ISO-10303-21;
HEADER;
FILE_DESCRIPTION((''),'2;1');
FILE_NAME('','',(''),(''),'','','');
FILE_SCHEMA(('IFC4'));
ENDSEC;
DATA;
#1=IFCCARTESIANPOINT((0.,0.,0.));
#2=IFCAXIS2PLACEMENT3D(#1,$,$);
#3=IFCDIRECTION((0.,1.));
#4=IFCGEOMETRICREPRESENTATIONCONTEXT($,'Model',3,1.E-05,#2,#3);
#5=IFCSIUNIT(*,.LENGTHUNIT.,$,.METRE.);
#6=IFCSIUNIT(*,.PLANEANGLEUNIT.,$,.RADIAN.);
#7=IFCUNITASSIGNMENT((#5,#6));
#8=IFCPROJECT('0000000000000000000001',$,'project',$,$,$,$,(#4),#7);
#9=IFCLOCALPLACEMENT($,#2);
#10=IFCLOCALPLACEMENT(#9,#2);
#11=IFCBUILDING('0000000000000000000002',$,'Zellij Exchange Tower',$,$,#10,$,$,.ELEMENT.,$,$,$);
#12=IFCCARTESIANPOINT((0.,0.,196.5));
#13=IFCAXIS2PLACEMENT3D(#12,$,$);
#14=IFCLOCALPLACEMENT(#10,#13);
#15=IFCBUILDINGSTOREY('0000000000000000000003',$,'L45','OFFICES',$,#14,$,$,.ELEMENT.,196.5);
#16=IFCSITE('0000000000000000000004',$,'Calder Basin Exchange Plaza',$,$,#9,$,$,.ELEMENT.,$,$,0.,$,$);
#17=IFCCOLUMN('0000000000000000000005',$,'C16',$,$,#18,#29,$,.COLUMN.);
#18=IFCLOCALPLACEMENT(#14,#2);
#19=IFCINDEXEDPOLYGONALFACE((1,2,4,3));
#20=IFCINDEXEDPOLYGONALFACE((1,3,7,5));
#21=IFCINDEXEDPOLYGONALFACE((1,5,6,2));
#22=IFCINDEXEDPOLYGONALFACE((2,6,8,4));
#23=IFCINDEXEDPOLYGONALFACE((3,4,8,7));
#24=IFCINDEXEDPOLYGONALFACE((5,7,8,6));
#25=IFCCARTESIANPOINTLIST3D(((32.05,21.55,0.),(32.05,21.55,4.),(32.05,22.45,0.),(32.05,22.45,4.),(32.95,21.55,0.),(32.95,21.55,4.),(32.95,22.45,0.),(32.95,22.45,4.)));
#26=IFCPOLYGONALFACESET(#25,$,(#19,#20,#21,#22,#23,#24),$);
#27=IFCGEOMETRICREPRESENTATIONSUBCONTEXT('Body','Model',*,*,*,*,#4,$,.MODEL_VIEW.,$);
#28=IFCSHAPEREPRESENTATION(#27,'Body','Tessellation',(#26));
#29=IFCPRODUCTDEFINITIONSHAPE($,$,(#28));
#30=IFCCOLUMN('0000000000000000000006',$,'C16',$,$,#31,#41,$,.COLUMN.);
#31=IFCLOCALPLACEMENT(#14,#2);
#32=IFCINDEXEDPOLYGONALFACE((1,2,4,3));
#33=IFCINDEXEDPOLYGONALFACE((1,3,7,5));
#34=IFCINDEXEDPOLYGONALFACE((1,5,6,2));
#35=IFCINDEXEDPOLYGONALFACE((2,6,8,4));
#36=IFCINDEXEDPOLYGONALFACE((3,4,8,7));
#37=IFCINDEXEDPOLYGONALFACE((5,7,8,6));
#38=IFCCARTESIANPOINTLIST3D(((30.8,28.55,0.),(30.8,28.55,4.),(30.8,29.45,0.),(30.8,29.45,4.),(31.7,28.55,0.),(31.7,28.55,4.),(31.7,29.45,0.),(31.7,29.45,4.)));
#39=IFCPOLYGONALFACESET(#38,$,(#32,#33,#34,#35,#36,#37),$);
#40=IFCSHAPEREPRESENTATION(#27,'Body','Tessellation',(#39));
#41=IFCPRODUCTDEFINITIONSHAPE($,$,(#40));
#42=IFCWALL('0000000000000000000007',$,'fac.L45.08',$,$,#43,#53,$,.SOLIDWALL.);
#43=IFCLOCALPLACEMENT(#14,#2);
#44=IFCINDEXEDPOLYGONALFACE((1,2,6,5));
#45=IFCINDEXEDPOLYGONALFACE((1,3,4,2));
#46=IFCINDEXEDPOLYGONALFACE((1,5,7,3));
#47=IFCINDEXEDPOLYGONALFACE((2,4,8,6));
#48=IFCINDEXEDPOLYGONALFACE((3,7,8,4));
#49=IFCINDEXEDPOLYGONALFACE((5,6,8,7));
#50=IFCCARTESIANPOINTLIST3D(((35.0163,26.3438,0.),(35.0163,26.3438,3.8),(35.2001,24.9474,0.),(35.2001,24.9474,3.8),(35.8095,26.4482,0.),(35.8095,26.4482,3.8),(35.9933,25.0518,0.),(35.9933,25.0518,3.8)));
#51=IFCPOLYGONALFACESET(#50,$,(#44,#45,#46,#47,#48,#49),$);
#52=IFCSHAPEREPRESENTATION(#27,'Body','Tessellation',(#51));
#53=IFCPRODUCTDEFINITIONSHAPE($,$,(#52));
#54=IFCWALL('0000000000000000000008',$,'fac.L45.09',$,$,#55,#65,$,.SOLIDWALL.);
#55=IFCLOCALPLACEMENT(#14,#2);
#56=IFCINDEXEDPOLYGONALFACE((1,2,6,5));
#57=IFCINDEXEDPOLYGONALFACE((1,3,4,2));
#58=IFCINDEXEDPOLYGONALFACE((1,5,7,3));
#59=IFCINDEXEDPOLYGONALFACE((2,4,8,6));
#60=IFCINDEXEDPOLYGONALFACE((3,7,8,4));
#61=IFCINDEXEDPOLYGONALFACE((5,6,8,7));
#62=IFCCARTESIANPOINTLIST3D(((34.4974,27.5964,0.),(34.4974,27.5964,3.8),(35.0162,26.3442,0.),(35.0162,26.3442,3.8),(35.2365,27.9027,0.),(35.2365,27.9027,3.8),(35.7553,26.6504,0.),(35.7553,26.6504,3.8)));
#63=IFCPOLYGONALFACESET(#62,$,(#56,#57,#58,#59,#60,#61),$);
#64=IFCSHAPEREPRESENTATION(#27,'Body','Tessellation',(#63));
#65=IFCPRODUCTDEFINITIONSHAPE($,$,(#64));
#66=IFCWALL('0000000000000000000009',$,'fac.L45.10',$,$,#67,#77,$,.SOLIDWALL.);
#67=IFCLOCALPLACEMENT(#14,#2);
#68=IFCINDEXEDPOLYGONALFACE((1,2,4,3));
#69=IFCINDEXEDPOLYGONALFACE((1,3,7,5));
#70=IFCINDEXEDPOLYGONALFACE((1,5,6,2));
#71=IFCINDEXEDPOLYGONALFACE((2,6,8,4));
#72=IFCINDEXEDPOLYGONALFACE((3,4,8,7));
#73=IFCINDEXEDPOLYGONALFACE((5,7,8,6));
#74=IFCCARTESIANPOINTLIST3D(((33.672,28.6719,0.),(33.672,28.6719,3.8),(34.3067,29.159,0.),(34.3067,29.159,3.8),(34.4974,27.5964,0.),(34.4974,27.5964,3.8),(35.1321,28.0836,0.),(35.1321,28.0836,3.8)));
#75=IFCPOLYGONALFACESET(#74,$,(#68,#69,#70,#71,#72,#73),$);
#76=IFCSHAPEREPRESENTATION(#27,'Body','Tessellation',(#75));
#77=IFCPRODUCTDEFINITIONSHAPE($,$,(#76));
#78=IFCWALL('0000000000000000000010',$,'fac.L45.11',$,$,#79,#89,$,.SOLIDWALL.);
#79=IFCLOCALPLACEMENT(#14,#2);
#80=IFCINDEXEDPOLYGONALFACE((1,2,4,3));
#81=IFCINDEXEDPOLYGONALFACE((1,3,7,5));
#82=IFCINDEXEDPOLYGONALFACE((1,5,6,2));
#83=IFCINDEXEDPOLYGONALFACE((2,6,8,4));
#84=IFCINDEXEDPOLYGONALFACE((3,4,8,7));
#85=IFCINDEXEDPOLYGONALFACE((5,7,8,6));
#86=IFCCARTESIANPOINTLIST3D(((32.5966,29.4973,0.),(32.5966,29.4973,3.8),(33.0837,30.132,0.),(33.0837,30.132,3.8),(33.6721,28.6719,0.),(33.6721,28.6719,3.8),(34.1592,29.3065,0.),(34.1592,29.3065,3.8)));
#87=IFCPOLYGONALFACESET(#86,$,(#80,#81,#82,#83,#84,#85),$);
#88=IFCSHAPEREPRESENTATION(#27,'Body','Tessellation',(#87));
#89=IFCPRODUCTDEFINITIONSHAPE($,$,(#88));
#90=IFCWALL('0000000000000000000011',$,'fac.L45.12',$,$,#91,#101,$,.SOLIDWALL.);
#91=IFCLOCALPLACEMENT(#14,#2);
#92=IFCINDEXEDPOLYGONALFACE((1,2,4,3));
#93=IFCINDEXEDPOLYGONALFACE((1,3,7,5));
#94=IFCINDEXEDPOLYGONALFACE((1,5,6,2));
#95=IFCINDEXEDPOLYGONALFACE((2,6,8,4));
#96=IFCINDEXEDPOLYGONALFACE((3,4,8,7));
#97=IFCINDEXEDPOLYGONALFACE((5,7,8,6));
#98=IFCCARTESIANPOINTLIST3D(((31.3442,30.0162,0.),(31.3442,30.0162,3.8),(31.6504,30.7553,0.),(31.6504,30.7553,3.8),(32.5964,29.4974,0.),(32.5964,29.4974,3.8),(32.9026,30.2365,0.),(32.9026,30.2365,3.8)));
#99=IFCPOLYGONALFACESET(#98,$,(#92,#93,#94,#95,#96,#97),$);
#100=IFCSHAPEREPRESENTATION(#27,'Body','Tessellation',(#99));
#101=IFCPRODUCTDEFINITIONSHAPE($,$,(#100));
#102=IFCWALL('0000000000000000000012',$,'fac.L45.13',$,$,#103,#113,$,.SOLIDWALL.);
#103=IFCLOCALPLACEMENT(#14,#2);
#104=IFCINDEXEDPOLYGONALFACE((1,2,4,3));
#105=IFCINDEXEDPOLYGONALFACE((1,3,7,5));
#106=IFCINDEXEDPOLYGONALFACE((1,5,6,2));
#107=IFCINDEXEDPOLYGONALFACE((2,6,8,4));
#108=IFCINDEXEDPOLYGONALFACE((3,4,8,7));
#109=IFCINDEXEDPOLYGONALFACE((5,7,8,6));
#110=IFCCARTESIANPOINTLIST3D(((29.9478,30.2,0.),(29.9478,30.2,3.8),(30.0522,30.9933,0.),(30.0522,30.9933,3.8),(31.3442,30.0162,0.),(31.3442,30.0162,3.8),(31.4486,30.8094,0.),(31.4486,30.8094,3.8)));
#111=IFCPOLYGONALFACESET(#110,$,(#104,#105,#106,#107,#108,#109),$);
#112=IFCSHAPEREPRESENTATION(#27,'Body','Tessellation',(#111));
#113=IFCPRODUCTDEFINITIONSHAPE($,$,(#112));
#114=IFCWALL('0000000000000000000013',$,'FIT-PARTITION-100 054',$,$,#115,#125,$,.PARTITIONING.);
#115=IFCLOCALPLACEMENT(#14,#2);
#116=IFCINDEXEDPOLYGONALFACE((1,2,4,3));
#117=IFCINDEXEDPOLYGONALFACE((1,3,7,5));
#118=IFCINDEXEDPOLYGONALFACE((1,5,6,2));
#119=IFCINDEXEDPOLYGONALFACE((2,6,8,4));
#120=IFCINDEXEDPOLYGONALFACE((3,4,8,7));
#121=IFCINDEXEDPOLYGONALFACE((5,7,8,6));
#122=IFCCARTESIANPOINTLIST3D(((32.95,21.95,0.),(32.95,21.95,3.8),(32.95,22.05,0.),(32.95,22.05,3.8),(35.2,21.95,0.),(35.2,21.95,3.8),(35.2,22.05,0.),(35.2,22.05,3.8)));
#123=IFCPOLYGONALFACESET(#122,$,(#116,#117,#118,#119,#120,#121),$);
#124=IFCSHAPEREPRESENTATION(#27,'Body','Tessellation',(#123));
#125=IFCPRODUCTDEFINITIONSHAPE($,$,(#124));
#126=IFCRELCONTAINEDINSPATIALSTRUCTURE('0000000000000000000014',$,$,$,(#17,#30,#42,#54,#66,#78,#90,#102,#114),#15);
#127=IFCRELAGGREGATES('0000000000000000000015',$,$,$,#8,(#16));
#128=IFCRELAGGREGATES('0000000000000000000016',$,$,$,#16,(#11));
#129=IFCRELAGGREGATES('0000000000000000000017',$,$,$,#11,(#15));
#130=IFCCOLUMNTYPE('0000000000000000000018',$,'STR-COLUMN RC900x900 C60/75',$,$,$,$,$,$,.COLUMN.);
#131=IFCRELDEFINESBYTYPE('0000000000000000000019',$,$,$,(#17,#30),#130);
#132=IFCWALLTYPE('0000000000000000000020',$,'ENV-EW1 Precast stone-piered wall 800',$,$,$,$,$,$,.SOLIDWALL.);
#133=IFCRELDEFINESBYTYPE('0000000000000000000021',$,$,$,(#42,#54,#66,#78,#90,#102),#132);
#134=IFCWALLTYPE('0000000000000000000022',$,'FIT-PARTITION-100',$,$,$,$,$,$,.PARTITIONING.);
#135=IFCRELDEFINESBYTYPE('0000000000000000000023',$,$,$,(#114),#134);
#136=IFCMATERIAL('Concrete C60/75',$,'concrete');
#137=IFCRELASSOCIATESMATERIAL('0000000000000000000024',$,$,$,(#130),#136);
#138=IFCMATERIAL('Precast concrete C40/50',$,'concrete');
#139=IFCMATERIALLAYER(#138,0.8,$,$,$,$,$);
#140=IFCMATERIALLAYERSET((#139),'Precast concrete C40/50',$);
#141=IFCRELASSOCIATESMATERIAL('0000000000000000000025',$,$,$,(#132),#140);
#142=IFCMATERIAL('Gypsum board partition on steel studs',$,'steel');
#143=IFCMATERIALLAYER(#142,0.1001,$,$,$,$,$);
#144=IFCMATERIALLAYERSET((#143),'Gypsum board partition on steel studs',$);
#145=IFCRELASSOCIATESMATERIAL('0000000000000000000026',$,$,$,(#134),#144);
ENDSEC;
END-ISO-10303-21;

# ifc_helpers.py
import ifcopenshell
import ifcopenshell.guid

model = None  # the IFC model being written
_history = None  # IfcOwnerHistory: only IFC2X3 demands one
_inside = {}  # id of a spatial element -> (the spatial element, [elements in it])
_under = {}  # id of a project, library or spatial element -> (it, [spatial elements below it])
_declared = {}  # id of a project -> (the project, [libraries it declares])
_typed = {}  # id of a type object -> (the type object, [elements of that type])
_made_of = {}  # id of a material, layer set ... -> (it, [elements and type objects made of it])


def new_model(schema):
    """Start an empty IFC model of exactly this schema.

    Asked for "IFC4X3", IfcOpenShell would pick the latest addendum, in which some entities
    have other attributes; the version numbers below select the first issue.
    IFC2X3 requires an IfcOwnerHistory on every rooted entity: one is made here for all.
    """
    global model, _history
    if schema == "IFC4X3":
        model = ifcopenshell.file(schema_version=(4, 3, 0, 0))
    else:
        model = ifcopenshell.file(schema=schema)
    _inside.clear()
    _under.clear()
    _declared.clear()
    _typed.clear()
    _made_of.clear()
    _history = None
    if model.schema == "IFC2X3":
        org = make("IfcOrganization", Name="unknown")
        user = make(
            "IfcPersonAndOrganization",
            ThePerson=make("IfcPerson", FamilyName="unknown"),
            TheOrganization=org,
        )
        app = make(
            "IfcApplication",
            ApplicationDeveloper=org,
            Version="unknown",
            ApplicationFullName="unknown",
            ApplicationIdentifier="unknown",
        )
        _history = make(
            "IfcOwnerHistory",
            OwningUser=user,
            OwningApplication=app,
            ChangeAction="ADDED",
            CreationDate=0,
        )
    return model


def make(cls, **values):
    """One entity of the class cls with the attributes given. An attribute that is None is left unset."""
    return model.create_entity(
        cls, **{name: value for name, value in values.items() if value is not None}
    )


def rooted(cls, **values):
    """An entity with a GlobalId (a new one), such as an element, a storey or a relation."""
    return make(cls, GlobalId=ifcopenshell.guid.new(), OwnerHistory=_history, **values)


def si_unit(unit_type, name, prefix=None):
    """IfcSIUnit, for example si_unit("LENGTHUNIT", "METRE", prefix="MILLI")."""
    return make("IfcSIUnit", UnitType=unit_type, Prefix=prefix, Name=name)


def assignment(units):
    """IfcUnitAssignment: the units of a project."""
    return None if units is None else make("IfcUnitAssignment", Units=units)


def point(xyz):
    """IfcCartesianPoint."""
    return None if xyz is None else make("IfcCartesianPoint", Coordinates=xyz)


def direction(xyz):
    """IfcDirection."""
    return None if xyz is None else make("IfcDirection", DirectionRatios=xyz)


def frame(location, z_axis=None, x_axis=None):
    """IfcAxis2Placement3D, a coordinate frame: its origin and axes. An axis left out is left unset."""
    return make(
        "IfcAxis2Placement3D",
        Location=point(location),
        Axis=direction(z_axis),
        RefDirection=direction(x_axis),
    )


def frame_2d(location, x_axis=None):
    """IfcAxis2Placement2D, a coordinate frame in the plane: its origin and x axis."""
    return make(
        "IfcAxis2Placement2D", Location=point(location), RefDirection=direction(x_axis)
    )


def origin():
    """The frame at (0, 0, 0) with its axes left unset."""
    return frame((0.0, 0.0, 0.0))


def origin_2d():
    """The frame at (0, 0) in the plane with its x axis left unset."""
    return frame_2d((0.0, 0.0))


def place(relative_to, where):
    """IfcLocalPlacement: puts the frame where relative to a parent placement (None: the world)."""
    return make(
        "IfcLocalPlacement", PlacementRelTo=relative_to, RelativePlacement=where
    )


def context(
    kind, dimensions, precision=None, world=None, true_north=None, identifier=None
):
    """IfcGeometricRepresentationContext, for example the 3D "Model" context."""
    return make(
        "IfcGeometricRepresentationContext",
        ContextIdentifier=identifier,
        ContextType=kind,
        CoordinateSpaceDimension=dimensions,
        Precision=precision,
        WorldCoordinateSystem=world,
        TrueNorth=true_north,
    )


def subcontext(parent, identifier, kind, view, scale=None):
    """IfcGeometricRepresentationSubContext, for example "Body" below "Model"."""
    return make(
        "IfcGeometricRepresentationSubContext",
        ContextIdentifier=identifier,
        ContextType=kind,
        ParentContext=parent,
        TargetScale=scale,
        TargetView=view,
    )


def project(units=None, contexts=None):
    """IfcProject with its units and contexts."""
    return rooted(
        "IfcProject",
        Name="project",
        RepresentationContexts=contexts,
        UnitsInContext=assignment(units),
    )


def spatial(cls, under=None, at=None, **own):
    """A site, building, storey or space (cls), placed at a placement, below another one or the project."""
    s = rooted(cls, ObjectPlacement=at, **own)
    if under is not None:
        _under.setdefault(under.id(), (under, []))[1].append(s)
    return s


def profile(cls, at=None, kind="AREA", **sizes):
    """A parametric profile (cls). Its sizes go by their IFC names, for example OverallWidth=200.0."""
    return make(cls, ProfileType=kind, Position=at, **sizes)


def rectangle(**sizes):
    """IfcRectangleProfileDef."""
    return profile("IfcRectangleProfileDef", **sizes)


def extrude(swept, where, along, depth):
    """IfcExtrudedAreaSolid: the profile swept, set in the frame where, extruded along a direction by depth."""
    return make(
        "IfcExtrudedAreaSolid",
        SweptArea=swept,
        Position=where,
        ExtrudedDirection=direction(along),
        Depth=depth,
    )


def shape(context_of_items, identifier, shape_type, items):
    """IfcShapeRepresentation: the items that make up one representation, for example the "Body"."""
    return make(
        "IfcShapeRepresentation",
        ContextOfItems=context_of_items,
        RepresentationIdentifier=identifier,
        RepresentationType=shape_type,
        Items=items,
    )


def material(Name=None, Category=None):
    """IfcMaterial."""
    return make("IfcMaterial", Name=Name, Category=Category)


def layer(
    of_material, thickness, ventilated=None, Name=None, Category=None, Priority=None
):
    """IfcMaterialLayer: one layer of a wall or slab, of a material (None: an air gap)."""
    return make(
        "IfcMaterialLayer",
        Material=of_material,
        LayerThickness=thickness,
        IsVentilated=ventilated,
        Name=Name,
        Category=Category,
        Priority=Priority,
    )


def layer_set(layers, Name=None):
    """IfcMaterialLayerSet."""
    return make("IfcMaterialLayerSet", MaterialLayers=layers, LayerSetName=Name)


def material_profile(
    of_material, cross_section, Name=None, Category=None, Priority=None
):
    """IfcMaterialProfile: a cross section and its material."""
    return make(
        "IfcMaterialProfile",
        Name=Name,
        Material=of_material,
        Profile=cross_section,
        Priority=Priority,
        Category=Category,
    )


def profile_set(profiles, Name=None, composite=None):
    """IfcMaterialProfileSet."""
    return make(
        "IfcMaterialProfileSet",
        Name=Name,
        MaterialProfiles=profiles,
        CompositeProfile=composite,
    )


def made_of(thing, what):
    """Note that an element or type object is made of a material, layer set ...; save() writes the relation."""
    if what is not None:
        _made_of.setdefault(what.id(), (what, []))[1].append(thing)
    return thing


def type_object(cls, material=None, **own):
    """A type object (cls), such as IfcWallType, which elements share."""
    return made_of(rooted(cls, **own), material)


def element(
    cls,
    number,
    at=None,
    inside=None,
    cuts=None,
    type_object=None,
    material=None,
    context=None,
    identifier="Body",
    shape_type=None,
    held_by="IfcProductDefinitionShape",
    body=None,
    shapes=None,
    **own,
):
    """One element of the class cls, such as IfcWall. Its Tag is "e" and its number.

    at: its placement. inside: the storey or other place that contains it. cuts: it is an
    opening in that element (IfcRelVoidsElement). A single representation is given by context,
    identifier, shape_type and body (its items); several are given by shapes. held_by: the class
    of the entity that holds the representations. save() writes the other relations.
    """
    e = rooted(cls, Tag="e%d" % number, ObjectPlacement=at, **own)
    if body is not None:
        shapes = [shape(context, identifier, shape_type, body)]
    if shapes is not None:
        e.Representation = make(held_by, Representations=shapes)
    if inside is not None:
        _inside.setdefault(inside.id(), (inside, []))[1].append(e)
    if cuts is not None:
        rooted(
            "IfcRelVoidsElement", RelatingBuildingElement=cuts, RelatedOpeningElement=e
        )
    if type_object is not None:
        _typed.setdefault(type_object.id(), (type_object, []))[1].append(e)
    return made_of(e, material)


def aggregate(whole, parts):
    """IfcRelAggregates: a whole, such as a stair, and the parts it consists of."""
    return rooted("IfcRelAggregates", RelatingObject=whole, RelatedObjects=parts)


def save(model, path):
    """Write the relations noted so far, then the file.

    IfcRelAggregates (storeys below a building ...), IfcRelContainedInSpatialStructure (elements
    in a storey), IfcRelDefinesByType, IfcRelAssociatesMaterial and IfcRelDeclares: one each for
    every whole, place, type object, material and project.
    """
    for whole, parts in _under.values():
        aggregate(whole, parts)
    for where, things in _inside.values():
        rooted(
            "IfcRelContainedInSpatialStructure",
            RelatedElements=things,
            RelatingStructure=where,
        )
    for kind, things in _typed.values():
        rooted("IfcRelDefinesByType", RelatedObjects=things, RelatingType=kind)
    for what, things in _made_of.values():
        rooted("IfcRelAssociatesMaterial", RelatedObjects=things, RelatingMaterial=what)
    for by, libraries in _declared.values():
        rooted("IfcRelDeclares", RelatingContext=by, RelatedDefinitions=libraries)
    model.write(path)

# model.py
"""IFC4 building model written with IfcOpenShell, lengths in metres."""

from ifc_helpers import new_model, si_unit, direction, frame, frame_2d, origin, origin_2d, place, context, subcontext, project, spatial, rectangle, extrude, material, layer, layer_set, material_profile, profile_set, type_object, element, save


model = new_model("IFC4")

# Units and contexts
model_context = context("Model", 3, precision=1e-05, world=origin(), true_north=direction((0.0, 1.0)))
body_context = subcontext(model_context, "Body", "Model", "MODEL_VIEW")
ifc_project = project(units=[si_unit("LENGTHUNIT", "METRE"), si_unit("PLANEANGLEUNIT", "RADIAN")], contexts=[model_context])

# Site, building, storey
site_placement = place(None, origin())
site = spatial("IfcSite", under=ifc_project, at=site_placement, Name="Calder Basin Exchange Plaza", CompositionType="ELEMENT", RefElevation=0.0)
building_placement = place(site_placement, origin())
building = spatial("IfcBuilding", under=site, at=building_placement, Name="Zellij Exchange Tower", CompositionType="ELEMENT")
storey_placement = place(building_placement, frame((0.0, 0.0, 196.5)))
storey = spatial("IfcBuildingStorey", under=building, at=storey_placement, Name="L45", Description="OFFICES", CompositionType="ELEMENT", Elevation=196.5)

# Columns
ifc_material_1 = material(Name="Concrete C60/75", Category="concrete")
ifc_material_profile = material_profile(ifc_material_1, rectangle(XDim=0.8999, YDim=0.8999, at=origin_2d()), Name="STR-COLUMN RC900x900 C60/75")
ifc_profile_set = profile_set([ifc_material_profile], Name="Concrete C60/75")
column_type = type_object("IfcColumnType", Name="STR-COLUMN RC900x900 C60/75", PredefinedType="COLUMN", material=ifc_profile_set)
for number, where, z_axis, x_axis, name in (
    (1, (32.5, 22.0, 0.0), (0.0, 0.0, 1.0), (1.0, 0.0, 0.0), "C16"),
    (2, (31.25, 29.0, 0.0), (0.0, 0.0, 1.0), (1.0, 0.0, 0.0), "C16"),
):
    element("IfcColumn", number, at=place(storey_placement, frame(where, z_axis=z_axis, x_axis=x_axis)), inside=storey, type_object=column_type, Name=name, PredefinedType="COLUMN", context=body_context, shape_type="SweptSolid", body=[
        extrude(rectangle(XDim=0.8999, YDim=0.8999, at=origin_2d()), origin(), (0.0, 0.0, 1.0), 4.0),
    ])

# Walls
ifc_material_2 = material(Name="Precast concrete C40/50", Category="concrete")
ifc_layer_1 = layer(ifc_material_2, 0.8)
ifc_layer_set_1 = layer_set([ifc_layer_1], Name="Precast concrete C40/50")
wall_type_1 = type_object("IfcWallType", Name="ENV-EW1 Precast stone-piered wall 800", PredefinedType="SOLIDWALL", material=ifc_layer_set_1)
wall_1_placement = place(storey_placement, frame((35.5967, 24.9998, 0.0), z_axis=(0.0, 0.0, 1.0), x_axis=(-0.130517, 0.991446, 0.0)))
element("IfcWall", 3, at=wall_1_placement, inside=storey, type_object=wall_type_1, Name="fac.L45.08", PredefinedType="SOLIDWALL", context=body_context, shape_type="SweptSolid", body=[
    extrude(rectangle(XDim=1.4084, YDim=0.8, at=frame_2d((0.7041, 0.0))), origin(), (0.0, 0.0, 1.0), 3.8),
])
wall_2_placement = place(storey_placement, frame((35.3857, 26.4973, 0.0), z_axis=(0.0, 0.0, 1.0), x_axis=(-0.38276, 0.923848, 0.0)))
element("IfcWall", 4, at=wall_2_placement, inside=storey, type_object=wall_type_1, Name="fac.L45.09", PredefinedType="SOLIDWALL", context=body_context, shape_type="SweptSolid", body=[
    extrude(rectangle(XDim=1.3555, YDim=0.8, at=frame_2d((0.6777, 0.0))), origin(), (0.0, 0.0, 1.0), 3.8),
])
for number, where, z_axis, x_axis, name in (
    (5, (34.8147, 27.8401, 0.0), (0.0, 0.0, 1.0), (-0.608866, 0.793273, 0.0), "fac.L45.10"),
    (6, (33.9155, 28.9893, 0.0), (0.0, 0.0, 1.0), (-0.793273, 0.608866, 0.0), "fac.L45.11"),
):
    element("IfcWall", number, at=place(storey_placement, frame(where, z_axis=z_axis, x_axis=x_axis)), inside=storey, type_object=wall_type_1, Name=name, PredefinedType="SOLIDWALL", context=body_context, shape_type="SweptSolid", body=[
        extrude(rectangle(XDim=1.3557, YDim=0.8, at=frame_2d((0.6777, 0.0))), origin(), (0.0, 0.0, 1.0), 3.8),
    ])
wall_3_placement = place(storey_placement, frame((32.7495, 29.8669, 0.0), z_axis=(0.0, 0.0, 1.0), x_axis=(-0.923848, 0.38276, 0.0)))
element("IfcWall", 7, at=wall_3_placement, inside=storey, type_object=wall_type_1, Name="fac.L45.12", PredefinedType="SOLIDWALL", context=body_context, shape_type="SweptSolid", body=[
    extrude(rectangle(XDim=1.3555, YDim=0.8, at=frame_2d((0.6777, 0.0))), origin(), (0.0, 0.0, 1.0), 3.8),
])
wall_4_placement = place(storey_placement, frame((31.3962, 30.4128, 0.0), z_axis=(0.0, 0.0, 1.0), x_axis=(-0.991446, 0.130517, 0.0)))
element("IfcWall", 8, at=wall_4_placement, inside=storey, type_object=wall_type_1, Name="fac.L45.13", PredefinedType="SOLIDWALL", context=body_context, shape_type="SweptSolid", body=[
    extrude(rectangle(XDim=1.4084, YDim=0.8, at=frame_2d((0.7041, 0.0))), origin(), (0.0, 0.0, 1.0), 3.8),
])

# Wall
ifc_material_3 = material(Name="Gypsum board partition on steel studs", Category="steel")
ifc_layer_2 = layer(ifc_material_3, 0.1001)
ifc_layer_set_2 = layer_set([ifc_layer_2], Name="Gypsum board partition on steel studs")
wall_type_2 = type_object("IfcWallType", Name="FIT-PARTITION-100", PredefinedType="PARTITIONING", material=ifc_layer_set_2)
wall_5_placement = place(storey_placement, frame((32.95, 22.0, 0.0), z_axis=(0.0, 0.0, 1.0), x_axis=(1.0, 0.0, 0.0)))
element("IfcWall", 9, at=wall_5_placement, inside=storey, type_object=wall_type_2, Name="FIT-PARTITION-100 054", PredefinedType="PARTITIONING", context=body_context, shape_type="SweptSolid", body=[
    extrude(rectangle(XDim=2.25, YDim=0.1001, at=frame_2d((1.125, 0.0))), origin(), (0.0, 0.0, 1.0), 3.8),
])

save(model, "model.ifc")
